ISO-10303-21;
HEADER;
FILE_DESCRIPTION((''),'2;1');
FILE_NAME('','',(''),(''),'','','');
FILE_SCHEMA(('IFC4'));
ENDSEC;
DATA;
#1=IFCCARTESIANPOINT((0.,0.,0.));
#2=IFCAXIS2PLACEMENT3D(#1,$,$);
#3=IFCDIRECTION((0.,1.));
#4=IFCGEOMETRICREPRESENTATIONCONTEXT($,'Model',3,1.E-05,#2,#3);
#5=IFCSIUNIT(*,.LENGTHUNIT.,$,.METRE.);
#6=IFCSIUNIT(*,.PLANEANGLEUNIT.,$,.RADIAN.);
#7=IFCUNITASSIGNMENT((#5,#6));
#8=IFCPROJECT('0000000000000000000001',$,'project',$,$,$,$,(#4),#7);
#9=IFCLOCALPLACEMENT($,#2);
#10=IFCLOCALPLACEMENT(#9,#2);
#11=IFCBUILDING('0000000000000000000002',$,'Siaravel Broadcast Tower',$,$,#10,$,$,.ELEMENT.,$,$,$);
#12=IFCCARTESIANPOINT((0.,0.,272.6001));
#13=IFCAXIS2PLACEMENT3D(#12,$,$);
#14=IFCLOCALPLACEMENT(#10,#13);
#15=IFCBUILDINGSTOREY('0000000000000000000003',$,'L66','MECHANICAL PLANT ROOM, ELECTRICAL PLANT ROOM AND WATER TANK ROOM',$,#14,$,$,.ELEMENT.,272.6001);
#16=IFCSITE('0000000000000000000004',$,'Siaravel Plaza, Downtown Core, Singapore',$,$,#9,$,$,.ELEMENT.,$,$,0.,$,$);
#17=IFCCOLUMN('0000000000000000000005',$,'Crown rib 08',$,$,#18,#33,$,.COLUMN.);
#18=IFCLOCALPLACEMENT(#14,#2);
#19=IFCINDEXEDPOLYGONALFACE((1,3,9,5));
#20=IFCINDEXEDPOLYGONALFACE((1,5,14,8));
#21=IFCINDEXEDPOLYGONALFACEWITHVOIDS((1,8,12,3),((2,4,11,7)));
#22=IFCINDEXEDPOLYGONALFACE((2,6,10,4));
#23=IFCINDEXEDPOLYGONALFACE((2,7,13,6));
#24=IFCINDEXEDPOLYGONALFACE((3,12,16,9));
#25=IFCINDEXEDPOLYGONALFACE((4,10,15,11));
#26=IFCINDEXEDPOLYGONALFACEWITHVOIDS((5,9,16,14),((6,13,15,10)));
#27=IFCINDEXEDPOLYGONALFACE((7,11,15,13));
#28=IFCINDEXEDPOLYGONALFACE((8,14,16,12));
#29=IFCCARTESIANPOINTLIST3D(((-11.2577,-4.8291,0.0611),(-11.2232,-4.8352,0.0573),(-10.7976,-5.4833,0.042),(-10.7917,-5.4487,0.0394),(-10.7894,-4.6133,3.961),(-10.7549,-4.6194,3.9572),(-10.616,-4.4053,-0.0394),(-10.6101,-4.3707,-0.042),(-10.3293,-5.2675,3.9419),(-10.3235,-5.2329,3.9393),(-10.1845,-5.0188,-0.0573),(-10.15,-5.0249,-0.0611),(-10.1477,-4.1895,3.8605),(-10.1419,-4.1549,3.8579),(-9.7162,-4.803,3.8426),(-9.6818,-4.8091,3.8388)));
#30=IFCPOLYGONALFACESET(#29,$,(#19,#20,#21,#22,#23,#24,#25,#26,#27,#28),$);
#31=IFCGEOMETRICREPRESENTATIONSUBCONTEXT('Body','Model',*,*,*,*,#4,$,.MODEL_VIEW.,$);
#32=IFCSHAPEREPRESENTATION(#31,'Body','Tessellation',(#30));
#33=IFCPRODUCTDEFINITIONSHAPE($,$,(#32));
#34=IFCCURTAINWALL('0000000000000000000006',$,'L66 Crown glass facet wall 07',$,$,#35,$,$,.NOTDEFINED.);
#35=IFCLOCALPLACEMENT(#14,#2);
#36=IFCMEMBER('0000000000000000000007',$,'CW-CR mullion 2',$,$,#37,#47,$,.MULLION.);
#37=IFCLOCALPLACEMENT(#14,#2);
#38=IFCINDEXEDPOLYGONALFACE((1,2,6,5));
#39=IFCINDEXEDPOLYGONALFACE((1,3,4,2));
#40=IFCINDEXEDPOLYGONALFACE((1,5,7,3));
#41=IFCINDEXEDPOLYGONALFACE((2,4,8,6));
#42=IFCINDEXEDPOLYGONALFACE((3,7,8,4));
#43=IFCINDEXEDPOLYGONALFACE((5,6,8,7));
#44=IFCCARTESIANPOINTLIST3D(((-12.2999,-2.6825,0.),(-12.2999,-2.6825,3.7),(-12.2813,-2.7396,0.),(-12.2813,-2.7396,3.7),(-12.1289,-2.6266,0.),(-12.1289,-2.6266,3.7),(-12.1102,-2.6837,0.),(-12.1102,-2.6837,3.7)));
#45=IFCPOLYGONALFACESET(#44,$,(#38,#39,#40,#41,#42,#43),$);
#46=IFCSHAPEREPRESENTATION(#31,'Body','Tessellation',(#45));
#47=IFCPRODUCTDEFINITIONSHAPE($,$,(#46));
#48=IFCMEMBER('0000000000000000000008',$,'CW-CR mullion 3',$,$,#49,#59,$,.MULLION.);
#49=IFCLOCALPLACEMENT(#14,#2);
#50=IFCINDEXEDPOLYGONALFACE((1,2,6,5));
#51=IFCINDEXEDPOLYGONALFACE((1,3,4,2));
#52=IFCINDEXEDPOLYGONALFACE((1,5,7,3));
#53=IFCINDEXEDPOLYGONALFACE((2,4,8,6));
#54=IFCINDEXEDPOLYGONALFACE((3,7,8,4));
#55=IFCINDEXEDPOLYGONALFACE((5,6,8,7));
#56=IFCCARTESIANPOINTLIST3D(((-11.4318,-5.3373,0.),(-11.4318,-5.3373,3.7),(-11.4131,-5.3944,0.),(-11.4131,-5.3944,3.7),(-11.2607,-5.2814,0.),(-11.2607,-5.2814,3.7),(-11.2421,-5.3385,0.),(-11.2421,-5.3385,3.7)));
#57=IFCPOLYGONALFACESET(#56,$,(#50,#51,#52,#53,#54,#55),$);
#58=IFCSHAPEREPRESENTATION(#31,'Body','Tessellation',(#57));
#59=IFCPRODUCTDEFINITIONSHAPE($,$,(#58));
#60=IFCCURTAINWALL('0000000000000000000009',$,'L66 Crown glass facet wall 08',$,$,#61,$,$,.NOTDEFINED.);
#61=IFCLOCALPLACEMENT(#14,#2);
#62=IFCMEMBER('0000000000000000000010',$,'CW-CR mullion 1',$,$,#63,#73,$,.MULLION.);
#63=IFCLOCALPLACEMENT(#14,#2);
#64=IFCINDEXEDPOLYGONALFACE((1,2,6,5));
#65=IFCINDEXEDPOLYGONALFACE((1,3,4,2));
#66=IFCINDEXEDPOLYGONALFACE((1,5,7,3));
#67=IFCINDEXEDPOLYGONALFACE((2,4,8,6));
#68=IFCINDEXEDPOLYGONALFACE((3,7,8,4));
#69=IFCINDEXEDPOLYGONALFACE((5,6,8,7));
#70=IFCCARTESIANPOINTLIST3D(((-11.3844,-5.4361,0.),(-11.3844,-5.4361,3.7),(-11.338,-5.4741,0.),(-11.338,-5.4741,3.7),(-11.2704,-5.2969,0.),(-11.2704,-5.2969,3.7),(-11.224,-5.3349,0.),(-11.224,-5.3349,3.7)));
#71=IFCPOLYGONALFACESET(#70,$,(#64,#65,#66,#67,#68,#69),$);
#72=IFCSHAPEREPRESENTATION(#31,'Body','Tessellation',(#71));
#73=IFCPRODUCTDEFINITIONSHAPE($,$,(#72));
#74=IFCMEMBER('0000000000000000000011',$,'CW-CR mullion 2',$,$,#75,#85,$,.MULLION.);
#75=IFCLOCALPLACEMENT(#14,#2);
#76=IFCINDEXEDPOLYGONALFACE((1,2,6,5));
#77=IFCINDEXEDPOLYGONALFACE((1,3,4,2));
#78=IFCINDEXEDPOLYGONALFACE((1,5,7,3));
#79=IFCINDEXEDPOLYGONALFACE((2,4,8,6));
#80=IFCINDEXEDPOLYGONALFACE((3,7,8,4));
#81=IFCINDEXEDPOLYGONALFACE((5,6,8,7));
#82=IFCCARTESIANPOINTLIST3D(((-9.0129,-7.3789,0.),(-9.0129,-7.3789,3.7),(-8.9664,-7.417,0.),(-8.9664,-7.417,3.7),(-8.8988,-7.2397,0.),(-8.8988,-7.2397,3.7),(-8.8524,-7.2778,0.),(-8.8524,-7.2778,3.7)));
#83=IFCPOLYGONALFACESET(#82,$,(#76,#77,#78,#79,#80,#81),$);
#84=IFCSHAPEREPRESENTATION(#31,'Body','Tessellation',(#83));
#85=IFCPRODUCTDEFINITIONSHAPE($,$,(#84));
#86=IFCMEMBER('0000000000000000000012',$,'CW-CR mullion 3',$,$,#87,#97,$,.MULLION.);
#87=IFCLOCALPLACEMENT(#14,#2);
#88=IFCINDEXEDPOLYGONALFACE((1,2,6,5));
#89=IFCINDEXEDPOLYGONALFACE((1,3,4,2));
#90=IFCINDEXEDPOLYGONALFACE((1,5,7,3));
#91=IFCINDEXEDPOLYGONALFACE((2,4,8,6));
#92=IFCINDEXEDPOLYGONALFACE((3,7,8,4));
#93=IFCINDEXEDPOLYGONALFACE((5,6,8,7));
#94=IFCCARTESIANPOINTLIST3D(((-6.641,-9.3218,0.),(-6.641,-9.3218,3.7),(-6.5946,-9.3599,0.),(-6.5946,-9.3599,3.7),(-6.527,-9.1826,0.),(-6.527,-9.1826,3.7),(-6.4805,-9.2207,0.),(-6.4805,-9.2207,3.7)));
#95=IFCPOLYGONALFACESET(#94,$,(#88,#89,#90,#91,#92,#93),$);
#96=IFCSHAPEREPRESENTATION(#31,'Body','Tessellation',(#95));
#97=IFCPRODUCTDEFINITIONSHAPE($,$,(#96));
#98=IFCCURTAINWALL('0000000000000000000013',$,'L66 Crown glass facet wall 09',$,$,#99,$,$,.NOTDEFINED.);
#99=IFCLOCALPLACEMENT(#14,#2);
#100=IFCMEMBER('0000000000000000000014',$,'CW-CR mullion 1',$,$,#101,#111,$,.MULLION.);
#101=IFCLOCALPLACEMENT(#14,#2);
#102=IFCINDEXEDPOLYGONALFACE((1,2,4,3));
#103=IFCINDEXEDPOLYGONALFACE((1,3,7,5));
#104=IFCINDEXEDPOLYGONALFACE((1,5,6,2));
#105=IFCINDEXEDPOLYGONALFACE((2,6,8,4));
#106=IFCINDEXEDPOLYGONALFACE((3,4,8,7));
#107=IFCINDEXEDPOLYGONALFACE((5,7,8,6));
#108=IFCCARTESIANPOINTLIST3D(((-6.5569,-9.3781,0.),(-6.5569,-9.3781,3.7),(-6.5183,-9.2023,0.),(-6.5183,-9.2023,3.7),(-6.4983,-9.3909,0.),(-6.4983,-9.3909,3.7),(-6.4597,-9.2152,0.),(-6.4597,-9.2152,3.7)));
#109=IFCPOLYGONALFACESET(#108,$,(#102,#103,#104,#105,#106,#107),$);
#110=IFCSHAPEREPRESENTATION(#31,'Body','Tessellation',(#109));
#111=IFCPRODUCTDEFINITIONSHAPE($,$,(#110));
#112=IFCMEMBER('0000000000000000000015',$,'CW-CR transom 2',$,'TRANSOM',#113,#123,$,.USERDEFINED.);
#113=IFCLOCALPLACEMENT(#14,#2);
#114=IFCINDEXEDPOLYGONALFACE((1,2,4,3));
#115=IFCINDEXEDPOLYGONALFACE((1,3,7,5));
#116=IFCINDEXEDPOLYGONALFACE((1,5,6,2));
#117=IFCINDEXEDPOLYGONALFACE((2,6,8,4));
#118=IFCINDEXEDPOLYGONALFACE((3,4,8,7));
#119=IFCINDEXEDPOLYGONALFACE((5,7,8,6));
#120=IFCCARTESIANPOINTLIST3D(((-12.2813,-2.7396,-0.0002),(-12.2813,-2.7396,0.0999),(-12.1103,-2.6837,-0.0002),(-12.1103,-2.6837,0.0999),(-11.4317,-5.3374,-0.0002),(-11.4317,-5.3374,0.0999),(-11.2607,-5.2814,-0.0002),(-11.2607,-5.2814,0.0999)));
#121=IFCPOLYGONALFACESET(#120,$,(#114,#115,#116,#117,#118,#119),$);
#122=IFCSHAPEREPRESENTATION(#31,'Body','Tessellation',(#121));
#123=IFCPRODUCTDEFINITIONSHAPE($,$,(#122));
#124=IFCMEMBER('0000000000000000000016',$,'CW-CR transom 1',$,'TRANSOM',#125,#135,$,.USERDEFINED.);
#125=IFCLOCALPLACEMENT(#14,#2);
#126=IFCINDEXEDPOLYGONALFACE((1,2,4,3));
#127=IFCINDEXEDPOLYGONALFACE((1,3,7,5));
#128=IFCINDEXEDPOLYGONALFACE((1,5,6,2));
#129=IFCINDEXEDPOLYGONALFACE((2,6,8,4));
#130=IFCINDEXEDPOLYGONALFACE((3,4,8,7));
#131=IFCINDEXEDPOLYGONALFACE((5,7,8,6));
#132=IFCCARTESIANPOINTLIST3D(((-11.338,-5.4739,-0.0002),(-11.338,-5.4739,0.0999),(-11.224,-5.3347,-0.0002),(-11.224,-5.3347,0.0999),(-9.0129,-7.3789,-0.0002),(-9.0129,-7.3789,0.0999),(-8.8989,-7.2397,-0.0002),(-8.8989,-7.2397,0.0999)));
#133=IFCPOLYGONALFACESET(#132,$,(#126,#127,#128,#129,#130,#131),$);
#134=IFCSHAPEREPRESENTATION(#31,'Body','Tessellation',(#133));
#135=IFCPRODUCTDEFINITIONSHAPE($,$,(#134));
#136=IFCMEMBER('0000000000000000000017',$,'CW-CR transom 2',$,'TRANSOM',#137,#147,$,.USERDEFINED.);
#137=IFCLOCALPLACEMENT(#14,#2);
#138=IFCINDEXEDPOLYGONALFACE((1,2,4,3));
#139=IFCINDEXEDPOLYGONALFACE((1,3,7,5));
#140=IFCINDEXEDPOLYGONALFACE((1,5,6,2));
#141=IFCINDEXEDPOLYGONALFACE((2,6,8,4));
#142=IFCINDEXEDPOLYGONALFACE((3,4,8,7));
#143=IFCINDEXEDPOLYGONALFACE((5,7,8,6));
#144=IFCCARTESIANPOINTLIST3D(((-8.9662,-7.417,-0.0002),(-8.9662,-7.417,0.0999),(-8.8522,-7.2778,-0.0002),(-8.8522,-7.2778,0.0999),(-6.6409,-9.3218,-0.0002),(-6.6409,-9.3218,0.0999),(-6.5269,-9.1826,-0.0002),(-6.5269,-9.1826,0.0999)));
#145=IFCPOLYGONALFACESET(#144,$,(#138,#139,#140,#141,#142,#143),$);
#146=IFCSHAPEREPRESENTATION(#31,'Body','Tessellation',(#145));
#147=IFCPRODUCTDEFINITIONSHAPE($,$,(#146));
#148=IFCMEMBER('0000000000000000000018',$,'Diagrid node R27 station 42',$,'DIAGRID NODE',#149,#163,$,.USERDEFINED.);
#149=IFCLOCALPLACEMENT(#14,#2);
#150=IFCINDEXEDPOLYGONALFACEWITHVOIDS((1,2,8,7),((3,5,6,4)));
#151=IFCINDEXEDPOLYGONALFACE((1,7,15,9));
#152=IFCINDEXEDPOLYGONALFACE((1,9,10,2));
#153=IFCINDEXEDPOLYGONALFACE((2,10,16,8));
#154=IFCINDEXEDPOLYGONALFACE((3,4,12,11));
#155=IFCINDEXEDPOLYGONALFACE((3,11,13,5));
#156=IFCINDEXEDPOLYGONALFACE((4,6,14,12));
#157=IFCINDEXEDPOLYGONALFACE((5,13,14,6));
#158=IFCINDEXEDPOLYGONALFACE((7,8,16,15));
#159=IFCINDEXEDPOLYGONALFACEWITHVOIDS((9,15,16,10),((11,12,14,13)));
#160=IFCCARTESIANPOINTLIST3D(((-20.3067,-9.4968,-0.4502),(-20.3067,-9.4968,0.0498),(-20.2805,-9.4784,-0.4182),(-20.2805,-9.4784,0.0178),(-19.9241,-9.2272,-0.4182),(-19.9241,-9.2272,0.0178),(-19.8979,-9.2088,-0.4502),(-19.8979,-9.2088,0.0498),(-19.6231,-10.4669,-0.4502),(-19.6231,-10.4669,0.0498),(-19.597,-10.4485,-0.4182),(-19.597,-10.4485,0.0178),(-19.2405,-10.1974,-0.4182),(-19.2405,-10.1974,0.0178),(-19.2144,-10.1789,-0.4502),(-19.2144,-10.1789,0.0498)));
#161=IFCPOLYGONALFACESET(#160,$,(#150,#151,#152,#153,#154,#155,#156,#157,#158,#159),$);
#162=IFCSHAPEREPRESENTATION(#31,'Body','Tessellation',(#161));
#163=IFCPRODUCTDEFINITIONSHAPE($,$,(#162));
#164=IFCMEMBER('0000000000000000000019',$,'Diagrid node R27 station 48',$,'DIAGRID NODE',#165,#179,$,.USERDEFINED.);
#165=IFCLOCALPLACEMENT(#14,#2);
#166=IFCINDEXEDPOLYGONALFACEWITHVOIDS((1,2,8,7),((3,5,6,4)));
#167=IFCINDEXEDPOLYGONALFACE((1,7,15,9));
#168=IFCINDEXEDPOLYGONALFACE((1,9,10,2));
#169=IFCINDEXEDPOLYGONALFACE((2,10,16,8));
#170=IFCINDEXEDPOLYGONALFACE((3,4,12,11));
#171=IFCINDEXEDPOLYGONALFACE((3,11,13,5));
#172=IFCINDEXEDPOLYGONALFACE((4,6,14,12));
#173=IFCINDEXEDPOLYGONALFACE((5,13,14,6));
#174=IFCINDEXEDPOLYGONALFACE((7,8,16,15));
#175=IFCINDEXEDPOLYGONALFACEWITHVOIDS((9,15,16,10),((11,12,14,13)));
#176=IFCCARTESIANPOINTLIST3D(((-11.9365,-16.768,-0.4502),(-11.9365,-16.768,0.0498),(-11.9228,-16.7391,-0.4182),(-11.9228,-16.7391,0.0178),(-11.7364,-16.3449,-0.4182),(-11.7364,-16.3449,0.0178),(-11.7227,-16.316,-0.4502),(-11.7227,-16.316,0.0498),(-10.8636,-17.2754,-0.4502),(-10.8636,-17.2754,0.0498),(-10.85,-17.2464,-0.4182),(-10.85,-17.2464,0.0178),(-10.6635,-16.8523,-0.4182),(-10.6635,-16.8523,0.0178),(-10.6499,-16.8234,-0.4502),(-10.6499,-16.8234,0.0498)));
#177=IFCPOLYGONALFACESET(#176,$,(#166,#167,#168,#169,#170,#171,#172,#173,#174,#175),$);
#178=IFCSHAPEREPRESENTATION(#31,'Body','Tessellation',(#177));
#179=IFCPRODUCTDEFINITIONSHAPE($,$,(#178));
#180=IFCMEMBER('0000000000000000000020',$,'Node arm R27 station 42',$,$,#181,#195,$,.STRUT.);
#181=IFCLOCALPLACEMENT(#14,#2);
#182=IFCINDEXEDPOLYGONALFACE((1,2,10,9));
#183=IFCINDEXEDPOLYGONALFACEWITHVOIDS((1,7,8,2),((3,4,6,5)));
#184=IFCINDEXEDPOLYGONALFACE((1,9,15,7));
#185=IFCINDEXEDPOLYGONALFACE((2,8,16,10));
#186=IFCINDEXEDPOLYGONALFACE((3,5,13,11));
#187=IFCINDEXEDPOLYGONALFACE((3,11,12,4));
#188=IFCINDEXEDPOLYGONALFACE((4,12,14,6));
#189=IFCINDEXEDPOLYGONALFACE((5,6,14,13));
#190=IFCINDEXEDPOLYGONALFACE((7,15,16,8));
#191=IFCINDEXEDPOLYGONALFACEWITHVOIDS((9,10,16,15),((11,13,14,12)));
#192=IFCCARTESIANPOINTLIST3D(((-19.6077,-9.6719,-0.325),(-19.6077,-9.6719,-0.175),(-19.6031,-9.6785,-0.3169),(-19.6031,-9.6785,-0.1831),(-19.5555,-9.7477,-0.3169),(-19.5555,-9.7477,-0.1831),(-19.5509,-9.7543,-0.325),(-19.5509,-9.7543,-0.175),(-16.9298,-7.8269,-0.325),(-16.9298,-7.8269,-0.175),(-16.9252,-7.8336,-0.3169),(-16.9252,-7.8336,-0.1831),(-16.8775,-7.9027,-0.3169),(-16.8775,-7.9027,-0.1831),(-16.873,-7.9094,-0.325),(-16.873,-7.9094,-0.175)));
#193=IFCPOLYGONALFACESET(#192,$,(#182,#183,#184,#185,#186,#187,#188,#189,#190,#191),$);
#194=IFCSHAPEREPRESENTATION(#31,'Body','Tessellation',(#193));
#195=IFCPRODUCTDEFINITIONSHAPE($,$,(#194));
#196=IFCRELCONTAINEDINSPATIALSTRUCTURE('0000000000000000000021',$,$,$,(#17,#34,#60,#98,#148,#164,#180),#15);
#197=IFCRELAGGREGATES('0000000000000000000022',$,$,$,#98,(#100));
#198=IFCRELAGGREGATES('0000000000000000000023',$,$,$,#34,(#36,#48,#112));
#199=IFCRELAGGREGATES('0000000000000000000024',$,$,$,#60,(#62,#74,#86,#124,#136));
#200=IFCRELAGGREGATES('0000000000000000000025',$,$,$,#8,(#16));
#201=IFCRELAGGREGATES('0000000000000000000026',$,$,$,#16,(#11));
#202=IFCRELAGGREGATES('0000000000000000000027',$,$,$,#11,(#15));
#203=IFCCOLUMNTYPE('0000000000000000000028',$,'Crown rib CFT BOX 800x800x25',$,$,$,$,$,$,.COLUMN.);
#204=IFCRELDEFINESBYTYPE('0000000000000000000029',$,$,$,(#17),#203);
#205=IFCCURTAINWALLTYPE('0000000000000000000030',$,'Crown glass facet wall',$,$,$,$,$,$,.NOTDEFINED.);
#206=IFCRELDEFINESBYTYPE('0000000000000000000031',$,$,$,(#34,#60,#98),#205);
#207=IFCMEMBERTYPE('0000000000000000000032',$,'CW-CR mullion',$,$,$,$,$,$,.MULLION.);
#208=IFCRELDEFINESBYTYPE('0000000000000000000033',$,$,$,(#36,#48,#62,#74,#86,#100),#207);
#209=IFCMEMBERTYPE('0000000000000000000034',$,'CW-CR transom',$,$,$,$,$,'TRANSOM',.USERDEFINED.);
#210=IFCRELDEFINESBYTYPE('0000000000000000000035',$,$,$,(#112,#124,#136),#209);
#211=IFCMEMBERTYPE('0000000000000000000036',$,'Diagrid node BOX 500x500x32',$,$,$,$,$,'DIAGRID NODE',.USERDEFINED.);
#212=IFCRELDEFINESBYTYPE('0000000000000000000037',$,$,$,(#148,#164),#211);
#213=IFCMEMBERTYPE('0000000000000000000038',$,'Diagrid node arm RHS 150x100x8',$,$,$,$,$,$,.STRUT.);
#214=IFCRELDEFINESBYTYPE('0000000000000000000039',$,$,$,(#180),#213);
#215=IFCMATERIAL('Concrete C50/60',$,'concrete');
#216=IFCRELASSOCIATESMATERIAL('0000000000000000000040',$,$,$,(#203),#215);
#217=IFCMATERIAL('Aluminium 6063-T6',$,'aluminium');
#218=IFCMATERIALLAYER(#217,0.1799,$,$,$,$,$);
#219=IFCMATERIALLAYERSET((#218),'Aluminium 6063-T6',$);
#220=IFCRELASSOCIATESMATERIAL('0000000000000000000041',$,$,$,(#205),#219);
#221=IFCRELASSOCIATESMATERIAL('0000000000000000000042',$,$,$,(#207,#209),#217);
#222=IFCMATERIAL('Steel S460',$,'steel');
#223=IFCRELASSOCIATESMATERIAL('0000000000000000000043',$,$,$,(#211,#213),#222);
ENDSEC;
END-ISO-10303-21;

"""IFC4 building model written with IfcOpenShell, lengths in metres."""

from ifc_helpers import new_model, si_unit, direction, frame, origin, origin_2d, place, context, subcontext, project, spatial, rectangle, hollow_rectangle, extrude, material, layer, layer_set, material_profile, profile_set, type_object, element, aggregate, save


model = new_model("IFC4")

# Units and contexts
model_context = context("Model", 3, precision=1e-05, world=origin(), true_north=direction((0.0, 1.0)))
body_context = subcontext(model_context, "Body", "Model", "MODEL_VIEW")
ifc_project = project(units=[si_unit("LENGTHUNIT", "METRE"), si_unit("PLANEANGLEUNIT", "RADIAN")], contexts=[model_context])

# Site, building, storey
site_placement = place(None, origin())
site = spatial("IfcSite", under=ifc_project, at=site_placement, Name="Siaravel Plaza, Downtown Core, Singapore", CompositionType="ELEMENT", RefElevation=0.0)
building_placement = place(site_placement, origin())
building = spatial("IfcBuilding", under=site, at=building_placement, Name="Siaravel Broadcast Tower", CompositionType="ELEMENT")
storey_placement = place(building_placement, frame((0.0, 0.0, 272.6001)))
storey = spatial("IfcBuildingStorey", under=building, at=storey_placement, Name="L66", Description="MECHANICAL PLANT ROOM, ELECTRICAL PLANT ROOM AND WATER TANK ROOM", CompositionType="ELEMENT", Elevation=272.6001)

# Column
ifc_material_1 = material(Name="Concrete C50/60", Category="concrete")
ifc_material_profile_1 = material_profile(ifc_material_1, hollow_rectangle(XDim=0.8, YDim=0.8, WallThickness=0.0249, at=origin_2d()))
ifc_profile_set_1 = profile_set([ifc_material_profile_1], Name="Concrete C50/60")
column_type = type_object("IfcColumnType", Name="Crown rib CFT BOX 800x800x25", PredefinedType="COLUMN", material=ifc_profile_set_1)
column_placement = place(storey_placement, frame((-10.7039, -4.927, 0.0), z_axis=(0.119034, 0.054863, 0.991373), x_axis=(-0.575107, 0.817732, 0.0238)))
element("IfcColumn", 1, at=column_placement, inside=storey, type_object=column_type, Name="Crown rib 08", PredefinedType="COLUMN", context=body_context, shape_type="SweptSolid", body=[
    extrude(hollow_rectangle(XDim=0.8, YDim=0.8, WallThickness=0.0249, at=origin_2d()), origin(), (0.0, 0.0, 1.0), 3.9338),
])

# Curtain walls, members
ifc_material_2 = material(Name="Aluminium 6063-T6", Category="aluminium")
ifc_layer_1 = layer(ifc_material_2, 0.1799)
ifc_layer_set_1 = layer_set([ifc_layer_1], Name="Aluminium 6063-T6")
curtain_wall_type = type_object("IfcCurtainWallType", Name="Crown glass facet wall", PredefinedType="NOTDEFINED", material=ifc_layer_set_1)
curtain_wall_1_placement = place(storey_placement, origin())
curtain_wall_1 = element("IfcCurtainWall", 2, at=curtain_wall_1_placement, inside=storey, type_object=curtain_wall_type, Name="L66 Crown glass facet wall 07", PredefinedType="NOTDEFINED")
ifc_material_profile_2 = material_profile(ifc_material_2, rectangle(XDim=0.1799, YDim=0.0601, at=origin_2d()))
ifc_profile_set_2 = profile_set([ifc_material_profile_2], Name="Aluminium 6063-T6")
member_type_1 = type_object("IfcMemberType", Name="CW-CR mullion", PredefinedType="MULLION", material=ifc_profile_set_2)
member_1_placement = place(storey_placement, frame((-12.2051, -2.6831, 0.0), z_axis=(0.0, 0.0, 1.0), x_axis=(0.950455, 0.310862, 0.0)))
member_1 = element("IfcMember", 3, at=member_1_placement, type_object=member_type_1, Name="CW-CR mullion 2", PredefinedType="MULLION", context=body_context, shape_type="SweptSolid", body=[
    extrude(rectangle(XDim=0.1799, YDim=0.0601, at=origin_2d()), origin(), (0.0, 0.0, 1.0), 3.7),
])
member_2_placement = place(storey_placement, frame((-11.3369, -5.3379, 0.0), z_axis=(0.0, 0.0, 1.0), x_axis=(0.950455, 0.310862, 0.0)))
member_2 = element("IfcMember", 4, at=member_2_placement, type_object=member_type_1, Name="CW-CR mullion 3", PredefinedType="MULLION", context=body_context, shape_type="SweptSolid", body=[
    extrude(rectangle(XDim=0.1799, YDim=0.0601, at=origin_2d()), origin(), (0.0, 0.0, 1.0), 3.7),
])
curtain_wall_2_placement = place(storey_placement, origin())
curtain_wall_2 = element("IfcCurtainWall", 5, at=curtain_wall_2_placement, inside=storey, type_object=curtain_wall_type, Name="L66 Crown glass facet wall 08", PredefinedType="NOTDEFINED")
member_3_placement = place(storey_placement, frame((-11.3042, -5.3855, 0.0), z_axis=(0.0, 0.0, 1.0), x_axis=(0.633712, 0.773569, 0.0)))
member_3 = element("IfcMember", 6, at=member_3_placement, type_object=member_type_1, Name="CW-CR mullion 1", PredefinedType="MULLION", context=body_context, shape_type="SweptSolid", body=[
    extrude(rectangle(XDim=0.1799, YDim=0.0601, at=origin_2d()), origin(), (0.0, 0.0, 1.0), 3.7),
])
member_4_placement = place(storey_placement, frame((-8.9326, -7.3284, 0.0), z_axis=(0.0, 0.0, 1.0), x_axis=(0.633712, 0.773569, 0.0)))
member_4 = element("IfcMember", 7, at=member_4_placement, type_object=member_type_1, Name="CW-CR mullion 2", PredefinedType="MULLION", context=body_context, shape_type="SweptSolid", body=[
    extrude(rectangle(XDim=0.1799, YDim=0.0601, at=origin_2d()), origin(), (0.0, 0.0, 1.0), 3.7),
])
member_5_placement = place(storey_placement, frame((-6.5608, -9.2712, 0.0), z_axis=(0.0, 0.0, 1.0), x_axis=(0.633712, 0.773569, 0.0)))
member_5 = element("IfcMember", 8, at=member_5_placement, type_object=member_type_1, Name="CW-CR mullion 3", PredefinedType="MULLION", context=body_context, shape_type="SweptSolid", body=[
    extrude(rectangle(XDim=0.1799, YDim=0.0601, at=origin_2d()), origin(), (0.0, 0.0, 1.0), 3.7),
])

# Curtain wall, member
curtain_wall_3_placement = place(storey_placement, origin())
curtain_wall_3 = element("IfcCurtainWall", 9, at=curtain_wall_3_placement, inside=storey, type_object=curtain_wall_type, Name="L66 Crown glass facet wall 09", PredefinedType="NOTDEFINED")
member_6_placement = place(storey_placement, frame((-6.5083, -9.2966, 0.0), z_axis=(0.0, 0.0, 1.0), x_axis=(0.214394, 0.976747, 0.0)))
member_6 = element("IfcMember", 10, at=member_6_placement, type_object=member_type_1, Name="CW-CR mullion 1", PredefinedType="MULLION", context=body_context, shape_type="SweptSolid", body=[
    extrude(rectangle(XDim=0.1799, YDim=0.0601, at=origin_2d()), origin(), (0.0, 0.0, 1.0), 3.7),
])
aggregate(curtain_wall_3, [member_6])

# Members
ifc_material_profile_3 = material_profile(ifc_material_2, rectangle(XDim=0.1799, YDim=0.1001, at=origin_2d()))
ifc_profile_set_3 = profile_set([ifc_material_profile_3], Name="Aluminium 6063-T6")
member_type_2 = type_object("IfcMemberType", Name="CW-CR transom", ElementType="TRANSOM", PredefinedType="USERDEFINED", material=ifc_profile_set_3)
member_7_placement = place(storey_placement, frame((-12.1958, -2.7117, 0.0498), z_axis=(0.310863, -0.950455, 0.0), x_axis=(0.950455, 0.310863, 0.0)))
member_7 = element("IfcMember", 11, at=member_7_placement, type_object=member_type_2, Name="CW-CR transom 2", ObjectType="TRANSOM", PredefinedType="USERDEFINED", context=body_context, shape_type="SweptSolid", body=[
    extrude(rectangle(XDim=0.1799, YDim=0.1001, at=origin_2d()), origin(), (0.0, 0.0, 1.0), 2.7332),
])
member_8_placement = place(storey_placement, frame((-11.281, -5.4043, 0.0498), z_axis=(0.773534, -0.633755, 0.0), x_axis=(0.633755, 0.773534, 0.0)))
member_8 = element("IfcMember", 12, at=member_8_placement, type_object=member_type_2, Name="CW-CR transom 1", ObjectType="TRANSOM", PredefinedType="USERDEFINED", context=body_context, shape_type="SweptSolid", body=[
    extrude(rectangle(XDim=0.1799, YDim=0.1001, at=origin_2d()), origin(), (0.0, 0.0, 1.0), 3.0059),
])
member_9_placement = place(storey_placement, frame((-8.9092, -7.3474, 0.0498), z_axis=(0.773574, -0.633707, 0.0), x_axis=(0.633707, 0.773574, 0.0)))
member_9 = element("IfcMember", 13, at=member_9_placement, type_object=member_type_2, Name="CW-CR transom 2", ObjectType="TRANSOM", PredefinedType="USERDEFINED", context=body_context, shape_type="SweptSolid", body=[
    extrude(rectangle(XDim=0.1799, YDim=0.1001, at=origin_2d()), origin(), (0.0, 0.0, 1.0), 3.0059),
])

# Members
ifc_material_3 = material(Name="Steel S460", Category="steel")
ifc_material_profile_4 = material_profile(ifc_material_3, hollow_rectangle(XDim=0.5, YDim=0.5, WallThickness=0.032, at=origin_2d()))
ifc_profile_set_4 = profile_set([ifc_material_profile_4], Name="Steel S460")
member_type_3 = type_object("IfcMemberType", Name="Diagrid node BOX 500x500x32", ElementType="DIAGRID NODE", PredefinedType="USERDEFINED", material=ifc_profile_set_4)
for number, where, z_axis, x_axis, name in (
    (14, (-20.1023, -9.3528, -0.2002), (0.575972, -0.817469, 0.0), (0.817469, 0.575972, 0.0), "Diagrid node R27 station 42"),
    (15, (-11.8296, -16.542, -0.2002), (0.904006, -0.42752, 0.0), (0.42752, 0.904006, 0.0), "Diagrid node R27 station 48"),
):
    element("IfcMember", number, at=place(storey_placement, frame(where, z_axis=z_axis, x_axis=x_axis)), inside=storey, type_object=member_type_3, Name=name, ObjectType="DIAGRID NODE", PredefinedType="USERDEFINED", context=body_context, shape_type="SweptSolid", body=[
        extrude(hollow_rectangle(XDim=0.5, YDim=0.5, WallThickness=0.032, at=origin_2d()), origin(), (0.0, 0.0, 1.0), 1.1868),
    ])
ifc_material_profile_5 = material_profile(ifc_material_3, hollow_rectangle(XDim=0.1001, YDim=0.1499, WallThickness=0.0081, at=origin_2d()))
ifc_profile_set_5 = profile_set([ifc_material_profile_5], Name="Steel S460")
member_type_4 = type_object("IfcMemberType", Name="Diagrid node arm RHS 150x100x8", PredefinedType="STRUT", material=ifc_profile_set_5)
member_10_placement = place(storey_placement, frame((-16.9014, -7.8682, -0.25), z_axis=(-0.823487, -0.567335, 0.0), x_axis=(0.567335, -0.823487, 0.0)))
element("IfcMember", 16, at=member_10_placement, inside=storey, type_object=member_type_4, Name="Node arm R27 station 42", PredefinedType="STRUT", context=body_context, shape_type="SweptSolid", body=[
    extrude(hollow_rectangle(XDim=0.1001, YDim=0.1499, WallThickness=0.0081, at=origin_2d()), origin(), (0.0, 0.0, 1.0), 3.252),
])

aggregate(curtain_wall_1, [member_1, member_2, member_7])
aggregate(curtain_wall_2, [member_3, member_4, member_5, member_8, member_9])

save(model, "model.ifc")
